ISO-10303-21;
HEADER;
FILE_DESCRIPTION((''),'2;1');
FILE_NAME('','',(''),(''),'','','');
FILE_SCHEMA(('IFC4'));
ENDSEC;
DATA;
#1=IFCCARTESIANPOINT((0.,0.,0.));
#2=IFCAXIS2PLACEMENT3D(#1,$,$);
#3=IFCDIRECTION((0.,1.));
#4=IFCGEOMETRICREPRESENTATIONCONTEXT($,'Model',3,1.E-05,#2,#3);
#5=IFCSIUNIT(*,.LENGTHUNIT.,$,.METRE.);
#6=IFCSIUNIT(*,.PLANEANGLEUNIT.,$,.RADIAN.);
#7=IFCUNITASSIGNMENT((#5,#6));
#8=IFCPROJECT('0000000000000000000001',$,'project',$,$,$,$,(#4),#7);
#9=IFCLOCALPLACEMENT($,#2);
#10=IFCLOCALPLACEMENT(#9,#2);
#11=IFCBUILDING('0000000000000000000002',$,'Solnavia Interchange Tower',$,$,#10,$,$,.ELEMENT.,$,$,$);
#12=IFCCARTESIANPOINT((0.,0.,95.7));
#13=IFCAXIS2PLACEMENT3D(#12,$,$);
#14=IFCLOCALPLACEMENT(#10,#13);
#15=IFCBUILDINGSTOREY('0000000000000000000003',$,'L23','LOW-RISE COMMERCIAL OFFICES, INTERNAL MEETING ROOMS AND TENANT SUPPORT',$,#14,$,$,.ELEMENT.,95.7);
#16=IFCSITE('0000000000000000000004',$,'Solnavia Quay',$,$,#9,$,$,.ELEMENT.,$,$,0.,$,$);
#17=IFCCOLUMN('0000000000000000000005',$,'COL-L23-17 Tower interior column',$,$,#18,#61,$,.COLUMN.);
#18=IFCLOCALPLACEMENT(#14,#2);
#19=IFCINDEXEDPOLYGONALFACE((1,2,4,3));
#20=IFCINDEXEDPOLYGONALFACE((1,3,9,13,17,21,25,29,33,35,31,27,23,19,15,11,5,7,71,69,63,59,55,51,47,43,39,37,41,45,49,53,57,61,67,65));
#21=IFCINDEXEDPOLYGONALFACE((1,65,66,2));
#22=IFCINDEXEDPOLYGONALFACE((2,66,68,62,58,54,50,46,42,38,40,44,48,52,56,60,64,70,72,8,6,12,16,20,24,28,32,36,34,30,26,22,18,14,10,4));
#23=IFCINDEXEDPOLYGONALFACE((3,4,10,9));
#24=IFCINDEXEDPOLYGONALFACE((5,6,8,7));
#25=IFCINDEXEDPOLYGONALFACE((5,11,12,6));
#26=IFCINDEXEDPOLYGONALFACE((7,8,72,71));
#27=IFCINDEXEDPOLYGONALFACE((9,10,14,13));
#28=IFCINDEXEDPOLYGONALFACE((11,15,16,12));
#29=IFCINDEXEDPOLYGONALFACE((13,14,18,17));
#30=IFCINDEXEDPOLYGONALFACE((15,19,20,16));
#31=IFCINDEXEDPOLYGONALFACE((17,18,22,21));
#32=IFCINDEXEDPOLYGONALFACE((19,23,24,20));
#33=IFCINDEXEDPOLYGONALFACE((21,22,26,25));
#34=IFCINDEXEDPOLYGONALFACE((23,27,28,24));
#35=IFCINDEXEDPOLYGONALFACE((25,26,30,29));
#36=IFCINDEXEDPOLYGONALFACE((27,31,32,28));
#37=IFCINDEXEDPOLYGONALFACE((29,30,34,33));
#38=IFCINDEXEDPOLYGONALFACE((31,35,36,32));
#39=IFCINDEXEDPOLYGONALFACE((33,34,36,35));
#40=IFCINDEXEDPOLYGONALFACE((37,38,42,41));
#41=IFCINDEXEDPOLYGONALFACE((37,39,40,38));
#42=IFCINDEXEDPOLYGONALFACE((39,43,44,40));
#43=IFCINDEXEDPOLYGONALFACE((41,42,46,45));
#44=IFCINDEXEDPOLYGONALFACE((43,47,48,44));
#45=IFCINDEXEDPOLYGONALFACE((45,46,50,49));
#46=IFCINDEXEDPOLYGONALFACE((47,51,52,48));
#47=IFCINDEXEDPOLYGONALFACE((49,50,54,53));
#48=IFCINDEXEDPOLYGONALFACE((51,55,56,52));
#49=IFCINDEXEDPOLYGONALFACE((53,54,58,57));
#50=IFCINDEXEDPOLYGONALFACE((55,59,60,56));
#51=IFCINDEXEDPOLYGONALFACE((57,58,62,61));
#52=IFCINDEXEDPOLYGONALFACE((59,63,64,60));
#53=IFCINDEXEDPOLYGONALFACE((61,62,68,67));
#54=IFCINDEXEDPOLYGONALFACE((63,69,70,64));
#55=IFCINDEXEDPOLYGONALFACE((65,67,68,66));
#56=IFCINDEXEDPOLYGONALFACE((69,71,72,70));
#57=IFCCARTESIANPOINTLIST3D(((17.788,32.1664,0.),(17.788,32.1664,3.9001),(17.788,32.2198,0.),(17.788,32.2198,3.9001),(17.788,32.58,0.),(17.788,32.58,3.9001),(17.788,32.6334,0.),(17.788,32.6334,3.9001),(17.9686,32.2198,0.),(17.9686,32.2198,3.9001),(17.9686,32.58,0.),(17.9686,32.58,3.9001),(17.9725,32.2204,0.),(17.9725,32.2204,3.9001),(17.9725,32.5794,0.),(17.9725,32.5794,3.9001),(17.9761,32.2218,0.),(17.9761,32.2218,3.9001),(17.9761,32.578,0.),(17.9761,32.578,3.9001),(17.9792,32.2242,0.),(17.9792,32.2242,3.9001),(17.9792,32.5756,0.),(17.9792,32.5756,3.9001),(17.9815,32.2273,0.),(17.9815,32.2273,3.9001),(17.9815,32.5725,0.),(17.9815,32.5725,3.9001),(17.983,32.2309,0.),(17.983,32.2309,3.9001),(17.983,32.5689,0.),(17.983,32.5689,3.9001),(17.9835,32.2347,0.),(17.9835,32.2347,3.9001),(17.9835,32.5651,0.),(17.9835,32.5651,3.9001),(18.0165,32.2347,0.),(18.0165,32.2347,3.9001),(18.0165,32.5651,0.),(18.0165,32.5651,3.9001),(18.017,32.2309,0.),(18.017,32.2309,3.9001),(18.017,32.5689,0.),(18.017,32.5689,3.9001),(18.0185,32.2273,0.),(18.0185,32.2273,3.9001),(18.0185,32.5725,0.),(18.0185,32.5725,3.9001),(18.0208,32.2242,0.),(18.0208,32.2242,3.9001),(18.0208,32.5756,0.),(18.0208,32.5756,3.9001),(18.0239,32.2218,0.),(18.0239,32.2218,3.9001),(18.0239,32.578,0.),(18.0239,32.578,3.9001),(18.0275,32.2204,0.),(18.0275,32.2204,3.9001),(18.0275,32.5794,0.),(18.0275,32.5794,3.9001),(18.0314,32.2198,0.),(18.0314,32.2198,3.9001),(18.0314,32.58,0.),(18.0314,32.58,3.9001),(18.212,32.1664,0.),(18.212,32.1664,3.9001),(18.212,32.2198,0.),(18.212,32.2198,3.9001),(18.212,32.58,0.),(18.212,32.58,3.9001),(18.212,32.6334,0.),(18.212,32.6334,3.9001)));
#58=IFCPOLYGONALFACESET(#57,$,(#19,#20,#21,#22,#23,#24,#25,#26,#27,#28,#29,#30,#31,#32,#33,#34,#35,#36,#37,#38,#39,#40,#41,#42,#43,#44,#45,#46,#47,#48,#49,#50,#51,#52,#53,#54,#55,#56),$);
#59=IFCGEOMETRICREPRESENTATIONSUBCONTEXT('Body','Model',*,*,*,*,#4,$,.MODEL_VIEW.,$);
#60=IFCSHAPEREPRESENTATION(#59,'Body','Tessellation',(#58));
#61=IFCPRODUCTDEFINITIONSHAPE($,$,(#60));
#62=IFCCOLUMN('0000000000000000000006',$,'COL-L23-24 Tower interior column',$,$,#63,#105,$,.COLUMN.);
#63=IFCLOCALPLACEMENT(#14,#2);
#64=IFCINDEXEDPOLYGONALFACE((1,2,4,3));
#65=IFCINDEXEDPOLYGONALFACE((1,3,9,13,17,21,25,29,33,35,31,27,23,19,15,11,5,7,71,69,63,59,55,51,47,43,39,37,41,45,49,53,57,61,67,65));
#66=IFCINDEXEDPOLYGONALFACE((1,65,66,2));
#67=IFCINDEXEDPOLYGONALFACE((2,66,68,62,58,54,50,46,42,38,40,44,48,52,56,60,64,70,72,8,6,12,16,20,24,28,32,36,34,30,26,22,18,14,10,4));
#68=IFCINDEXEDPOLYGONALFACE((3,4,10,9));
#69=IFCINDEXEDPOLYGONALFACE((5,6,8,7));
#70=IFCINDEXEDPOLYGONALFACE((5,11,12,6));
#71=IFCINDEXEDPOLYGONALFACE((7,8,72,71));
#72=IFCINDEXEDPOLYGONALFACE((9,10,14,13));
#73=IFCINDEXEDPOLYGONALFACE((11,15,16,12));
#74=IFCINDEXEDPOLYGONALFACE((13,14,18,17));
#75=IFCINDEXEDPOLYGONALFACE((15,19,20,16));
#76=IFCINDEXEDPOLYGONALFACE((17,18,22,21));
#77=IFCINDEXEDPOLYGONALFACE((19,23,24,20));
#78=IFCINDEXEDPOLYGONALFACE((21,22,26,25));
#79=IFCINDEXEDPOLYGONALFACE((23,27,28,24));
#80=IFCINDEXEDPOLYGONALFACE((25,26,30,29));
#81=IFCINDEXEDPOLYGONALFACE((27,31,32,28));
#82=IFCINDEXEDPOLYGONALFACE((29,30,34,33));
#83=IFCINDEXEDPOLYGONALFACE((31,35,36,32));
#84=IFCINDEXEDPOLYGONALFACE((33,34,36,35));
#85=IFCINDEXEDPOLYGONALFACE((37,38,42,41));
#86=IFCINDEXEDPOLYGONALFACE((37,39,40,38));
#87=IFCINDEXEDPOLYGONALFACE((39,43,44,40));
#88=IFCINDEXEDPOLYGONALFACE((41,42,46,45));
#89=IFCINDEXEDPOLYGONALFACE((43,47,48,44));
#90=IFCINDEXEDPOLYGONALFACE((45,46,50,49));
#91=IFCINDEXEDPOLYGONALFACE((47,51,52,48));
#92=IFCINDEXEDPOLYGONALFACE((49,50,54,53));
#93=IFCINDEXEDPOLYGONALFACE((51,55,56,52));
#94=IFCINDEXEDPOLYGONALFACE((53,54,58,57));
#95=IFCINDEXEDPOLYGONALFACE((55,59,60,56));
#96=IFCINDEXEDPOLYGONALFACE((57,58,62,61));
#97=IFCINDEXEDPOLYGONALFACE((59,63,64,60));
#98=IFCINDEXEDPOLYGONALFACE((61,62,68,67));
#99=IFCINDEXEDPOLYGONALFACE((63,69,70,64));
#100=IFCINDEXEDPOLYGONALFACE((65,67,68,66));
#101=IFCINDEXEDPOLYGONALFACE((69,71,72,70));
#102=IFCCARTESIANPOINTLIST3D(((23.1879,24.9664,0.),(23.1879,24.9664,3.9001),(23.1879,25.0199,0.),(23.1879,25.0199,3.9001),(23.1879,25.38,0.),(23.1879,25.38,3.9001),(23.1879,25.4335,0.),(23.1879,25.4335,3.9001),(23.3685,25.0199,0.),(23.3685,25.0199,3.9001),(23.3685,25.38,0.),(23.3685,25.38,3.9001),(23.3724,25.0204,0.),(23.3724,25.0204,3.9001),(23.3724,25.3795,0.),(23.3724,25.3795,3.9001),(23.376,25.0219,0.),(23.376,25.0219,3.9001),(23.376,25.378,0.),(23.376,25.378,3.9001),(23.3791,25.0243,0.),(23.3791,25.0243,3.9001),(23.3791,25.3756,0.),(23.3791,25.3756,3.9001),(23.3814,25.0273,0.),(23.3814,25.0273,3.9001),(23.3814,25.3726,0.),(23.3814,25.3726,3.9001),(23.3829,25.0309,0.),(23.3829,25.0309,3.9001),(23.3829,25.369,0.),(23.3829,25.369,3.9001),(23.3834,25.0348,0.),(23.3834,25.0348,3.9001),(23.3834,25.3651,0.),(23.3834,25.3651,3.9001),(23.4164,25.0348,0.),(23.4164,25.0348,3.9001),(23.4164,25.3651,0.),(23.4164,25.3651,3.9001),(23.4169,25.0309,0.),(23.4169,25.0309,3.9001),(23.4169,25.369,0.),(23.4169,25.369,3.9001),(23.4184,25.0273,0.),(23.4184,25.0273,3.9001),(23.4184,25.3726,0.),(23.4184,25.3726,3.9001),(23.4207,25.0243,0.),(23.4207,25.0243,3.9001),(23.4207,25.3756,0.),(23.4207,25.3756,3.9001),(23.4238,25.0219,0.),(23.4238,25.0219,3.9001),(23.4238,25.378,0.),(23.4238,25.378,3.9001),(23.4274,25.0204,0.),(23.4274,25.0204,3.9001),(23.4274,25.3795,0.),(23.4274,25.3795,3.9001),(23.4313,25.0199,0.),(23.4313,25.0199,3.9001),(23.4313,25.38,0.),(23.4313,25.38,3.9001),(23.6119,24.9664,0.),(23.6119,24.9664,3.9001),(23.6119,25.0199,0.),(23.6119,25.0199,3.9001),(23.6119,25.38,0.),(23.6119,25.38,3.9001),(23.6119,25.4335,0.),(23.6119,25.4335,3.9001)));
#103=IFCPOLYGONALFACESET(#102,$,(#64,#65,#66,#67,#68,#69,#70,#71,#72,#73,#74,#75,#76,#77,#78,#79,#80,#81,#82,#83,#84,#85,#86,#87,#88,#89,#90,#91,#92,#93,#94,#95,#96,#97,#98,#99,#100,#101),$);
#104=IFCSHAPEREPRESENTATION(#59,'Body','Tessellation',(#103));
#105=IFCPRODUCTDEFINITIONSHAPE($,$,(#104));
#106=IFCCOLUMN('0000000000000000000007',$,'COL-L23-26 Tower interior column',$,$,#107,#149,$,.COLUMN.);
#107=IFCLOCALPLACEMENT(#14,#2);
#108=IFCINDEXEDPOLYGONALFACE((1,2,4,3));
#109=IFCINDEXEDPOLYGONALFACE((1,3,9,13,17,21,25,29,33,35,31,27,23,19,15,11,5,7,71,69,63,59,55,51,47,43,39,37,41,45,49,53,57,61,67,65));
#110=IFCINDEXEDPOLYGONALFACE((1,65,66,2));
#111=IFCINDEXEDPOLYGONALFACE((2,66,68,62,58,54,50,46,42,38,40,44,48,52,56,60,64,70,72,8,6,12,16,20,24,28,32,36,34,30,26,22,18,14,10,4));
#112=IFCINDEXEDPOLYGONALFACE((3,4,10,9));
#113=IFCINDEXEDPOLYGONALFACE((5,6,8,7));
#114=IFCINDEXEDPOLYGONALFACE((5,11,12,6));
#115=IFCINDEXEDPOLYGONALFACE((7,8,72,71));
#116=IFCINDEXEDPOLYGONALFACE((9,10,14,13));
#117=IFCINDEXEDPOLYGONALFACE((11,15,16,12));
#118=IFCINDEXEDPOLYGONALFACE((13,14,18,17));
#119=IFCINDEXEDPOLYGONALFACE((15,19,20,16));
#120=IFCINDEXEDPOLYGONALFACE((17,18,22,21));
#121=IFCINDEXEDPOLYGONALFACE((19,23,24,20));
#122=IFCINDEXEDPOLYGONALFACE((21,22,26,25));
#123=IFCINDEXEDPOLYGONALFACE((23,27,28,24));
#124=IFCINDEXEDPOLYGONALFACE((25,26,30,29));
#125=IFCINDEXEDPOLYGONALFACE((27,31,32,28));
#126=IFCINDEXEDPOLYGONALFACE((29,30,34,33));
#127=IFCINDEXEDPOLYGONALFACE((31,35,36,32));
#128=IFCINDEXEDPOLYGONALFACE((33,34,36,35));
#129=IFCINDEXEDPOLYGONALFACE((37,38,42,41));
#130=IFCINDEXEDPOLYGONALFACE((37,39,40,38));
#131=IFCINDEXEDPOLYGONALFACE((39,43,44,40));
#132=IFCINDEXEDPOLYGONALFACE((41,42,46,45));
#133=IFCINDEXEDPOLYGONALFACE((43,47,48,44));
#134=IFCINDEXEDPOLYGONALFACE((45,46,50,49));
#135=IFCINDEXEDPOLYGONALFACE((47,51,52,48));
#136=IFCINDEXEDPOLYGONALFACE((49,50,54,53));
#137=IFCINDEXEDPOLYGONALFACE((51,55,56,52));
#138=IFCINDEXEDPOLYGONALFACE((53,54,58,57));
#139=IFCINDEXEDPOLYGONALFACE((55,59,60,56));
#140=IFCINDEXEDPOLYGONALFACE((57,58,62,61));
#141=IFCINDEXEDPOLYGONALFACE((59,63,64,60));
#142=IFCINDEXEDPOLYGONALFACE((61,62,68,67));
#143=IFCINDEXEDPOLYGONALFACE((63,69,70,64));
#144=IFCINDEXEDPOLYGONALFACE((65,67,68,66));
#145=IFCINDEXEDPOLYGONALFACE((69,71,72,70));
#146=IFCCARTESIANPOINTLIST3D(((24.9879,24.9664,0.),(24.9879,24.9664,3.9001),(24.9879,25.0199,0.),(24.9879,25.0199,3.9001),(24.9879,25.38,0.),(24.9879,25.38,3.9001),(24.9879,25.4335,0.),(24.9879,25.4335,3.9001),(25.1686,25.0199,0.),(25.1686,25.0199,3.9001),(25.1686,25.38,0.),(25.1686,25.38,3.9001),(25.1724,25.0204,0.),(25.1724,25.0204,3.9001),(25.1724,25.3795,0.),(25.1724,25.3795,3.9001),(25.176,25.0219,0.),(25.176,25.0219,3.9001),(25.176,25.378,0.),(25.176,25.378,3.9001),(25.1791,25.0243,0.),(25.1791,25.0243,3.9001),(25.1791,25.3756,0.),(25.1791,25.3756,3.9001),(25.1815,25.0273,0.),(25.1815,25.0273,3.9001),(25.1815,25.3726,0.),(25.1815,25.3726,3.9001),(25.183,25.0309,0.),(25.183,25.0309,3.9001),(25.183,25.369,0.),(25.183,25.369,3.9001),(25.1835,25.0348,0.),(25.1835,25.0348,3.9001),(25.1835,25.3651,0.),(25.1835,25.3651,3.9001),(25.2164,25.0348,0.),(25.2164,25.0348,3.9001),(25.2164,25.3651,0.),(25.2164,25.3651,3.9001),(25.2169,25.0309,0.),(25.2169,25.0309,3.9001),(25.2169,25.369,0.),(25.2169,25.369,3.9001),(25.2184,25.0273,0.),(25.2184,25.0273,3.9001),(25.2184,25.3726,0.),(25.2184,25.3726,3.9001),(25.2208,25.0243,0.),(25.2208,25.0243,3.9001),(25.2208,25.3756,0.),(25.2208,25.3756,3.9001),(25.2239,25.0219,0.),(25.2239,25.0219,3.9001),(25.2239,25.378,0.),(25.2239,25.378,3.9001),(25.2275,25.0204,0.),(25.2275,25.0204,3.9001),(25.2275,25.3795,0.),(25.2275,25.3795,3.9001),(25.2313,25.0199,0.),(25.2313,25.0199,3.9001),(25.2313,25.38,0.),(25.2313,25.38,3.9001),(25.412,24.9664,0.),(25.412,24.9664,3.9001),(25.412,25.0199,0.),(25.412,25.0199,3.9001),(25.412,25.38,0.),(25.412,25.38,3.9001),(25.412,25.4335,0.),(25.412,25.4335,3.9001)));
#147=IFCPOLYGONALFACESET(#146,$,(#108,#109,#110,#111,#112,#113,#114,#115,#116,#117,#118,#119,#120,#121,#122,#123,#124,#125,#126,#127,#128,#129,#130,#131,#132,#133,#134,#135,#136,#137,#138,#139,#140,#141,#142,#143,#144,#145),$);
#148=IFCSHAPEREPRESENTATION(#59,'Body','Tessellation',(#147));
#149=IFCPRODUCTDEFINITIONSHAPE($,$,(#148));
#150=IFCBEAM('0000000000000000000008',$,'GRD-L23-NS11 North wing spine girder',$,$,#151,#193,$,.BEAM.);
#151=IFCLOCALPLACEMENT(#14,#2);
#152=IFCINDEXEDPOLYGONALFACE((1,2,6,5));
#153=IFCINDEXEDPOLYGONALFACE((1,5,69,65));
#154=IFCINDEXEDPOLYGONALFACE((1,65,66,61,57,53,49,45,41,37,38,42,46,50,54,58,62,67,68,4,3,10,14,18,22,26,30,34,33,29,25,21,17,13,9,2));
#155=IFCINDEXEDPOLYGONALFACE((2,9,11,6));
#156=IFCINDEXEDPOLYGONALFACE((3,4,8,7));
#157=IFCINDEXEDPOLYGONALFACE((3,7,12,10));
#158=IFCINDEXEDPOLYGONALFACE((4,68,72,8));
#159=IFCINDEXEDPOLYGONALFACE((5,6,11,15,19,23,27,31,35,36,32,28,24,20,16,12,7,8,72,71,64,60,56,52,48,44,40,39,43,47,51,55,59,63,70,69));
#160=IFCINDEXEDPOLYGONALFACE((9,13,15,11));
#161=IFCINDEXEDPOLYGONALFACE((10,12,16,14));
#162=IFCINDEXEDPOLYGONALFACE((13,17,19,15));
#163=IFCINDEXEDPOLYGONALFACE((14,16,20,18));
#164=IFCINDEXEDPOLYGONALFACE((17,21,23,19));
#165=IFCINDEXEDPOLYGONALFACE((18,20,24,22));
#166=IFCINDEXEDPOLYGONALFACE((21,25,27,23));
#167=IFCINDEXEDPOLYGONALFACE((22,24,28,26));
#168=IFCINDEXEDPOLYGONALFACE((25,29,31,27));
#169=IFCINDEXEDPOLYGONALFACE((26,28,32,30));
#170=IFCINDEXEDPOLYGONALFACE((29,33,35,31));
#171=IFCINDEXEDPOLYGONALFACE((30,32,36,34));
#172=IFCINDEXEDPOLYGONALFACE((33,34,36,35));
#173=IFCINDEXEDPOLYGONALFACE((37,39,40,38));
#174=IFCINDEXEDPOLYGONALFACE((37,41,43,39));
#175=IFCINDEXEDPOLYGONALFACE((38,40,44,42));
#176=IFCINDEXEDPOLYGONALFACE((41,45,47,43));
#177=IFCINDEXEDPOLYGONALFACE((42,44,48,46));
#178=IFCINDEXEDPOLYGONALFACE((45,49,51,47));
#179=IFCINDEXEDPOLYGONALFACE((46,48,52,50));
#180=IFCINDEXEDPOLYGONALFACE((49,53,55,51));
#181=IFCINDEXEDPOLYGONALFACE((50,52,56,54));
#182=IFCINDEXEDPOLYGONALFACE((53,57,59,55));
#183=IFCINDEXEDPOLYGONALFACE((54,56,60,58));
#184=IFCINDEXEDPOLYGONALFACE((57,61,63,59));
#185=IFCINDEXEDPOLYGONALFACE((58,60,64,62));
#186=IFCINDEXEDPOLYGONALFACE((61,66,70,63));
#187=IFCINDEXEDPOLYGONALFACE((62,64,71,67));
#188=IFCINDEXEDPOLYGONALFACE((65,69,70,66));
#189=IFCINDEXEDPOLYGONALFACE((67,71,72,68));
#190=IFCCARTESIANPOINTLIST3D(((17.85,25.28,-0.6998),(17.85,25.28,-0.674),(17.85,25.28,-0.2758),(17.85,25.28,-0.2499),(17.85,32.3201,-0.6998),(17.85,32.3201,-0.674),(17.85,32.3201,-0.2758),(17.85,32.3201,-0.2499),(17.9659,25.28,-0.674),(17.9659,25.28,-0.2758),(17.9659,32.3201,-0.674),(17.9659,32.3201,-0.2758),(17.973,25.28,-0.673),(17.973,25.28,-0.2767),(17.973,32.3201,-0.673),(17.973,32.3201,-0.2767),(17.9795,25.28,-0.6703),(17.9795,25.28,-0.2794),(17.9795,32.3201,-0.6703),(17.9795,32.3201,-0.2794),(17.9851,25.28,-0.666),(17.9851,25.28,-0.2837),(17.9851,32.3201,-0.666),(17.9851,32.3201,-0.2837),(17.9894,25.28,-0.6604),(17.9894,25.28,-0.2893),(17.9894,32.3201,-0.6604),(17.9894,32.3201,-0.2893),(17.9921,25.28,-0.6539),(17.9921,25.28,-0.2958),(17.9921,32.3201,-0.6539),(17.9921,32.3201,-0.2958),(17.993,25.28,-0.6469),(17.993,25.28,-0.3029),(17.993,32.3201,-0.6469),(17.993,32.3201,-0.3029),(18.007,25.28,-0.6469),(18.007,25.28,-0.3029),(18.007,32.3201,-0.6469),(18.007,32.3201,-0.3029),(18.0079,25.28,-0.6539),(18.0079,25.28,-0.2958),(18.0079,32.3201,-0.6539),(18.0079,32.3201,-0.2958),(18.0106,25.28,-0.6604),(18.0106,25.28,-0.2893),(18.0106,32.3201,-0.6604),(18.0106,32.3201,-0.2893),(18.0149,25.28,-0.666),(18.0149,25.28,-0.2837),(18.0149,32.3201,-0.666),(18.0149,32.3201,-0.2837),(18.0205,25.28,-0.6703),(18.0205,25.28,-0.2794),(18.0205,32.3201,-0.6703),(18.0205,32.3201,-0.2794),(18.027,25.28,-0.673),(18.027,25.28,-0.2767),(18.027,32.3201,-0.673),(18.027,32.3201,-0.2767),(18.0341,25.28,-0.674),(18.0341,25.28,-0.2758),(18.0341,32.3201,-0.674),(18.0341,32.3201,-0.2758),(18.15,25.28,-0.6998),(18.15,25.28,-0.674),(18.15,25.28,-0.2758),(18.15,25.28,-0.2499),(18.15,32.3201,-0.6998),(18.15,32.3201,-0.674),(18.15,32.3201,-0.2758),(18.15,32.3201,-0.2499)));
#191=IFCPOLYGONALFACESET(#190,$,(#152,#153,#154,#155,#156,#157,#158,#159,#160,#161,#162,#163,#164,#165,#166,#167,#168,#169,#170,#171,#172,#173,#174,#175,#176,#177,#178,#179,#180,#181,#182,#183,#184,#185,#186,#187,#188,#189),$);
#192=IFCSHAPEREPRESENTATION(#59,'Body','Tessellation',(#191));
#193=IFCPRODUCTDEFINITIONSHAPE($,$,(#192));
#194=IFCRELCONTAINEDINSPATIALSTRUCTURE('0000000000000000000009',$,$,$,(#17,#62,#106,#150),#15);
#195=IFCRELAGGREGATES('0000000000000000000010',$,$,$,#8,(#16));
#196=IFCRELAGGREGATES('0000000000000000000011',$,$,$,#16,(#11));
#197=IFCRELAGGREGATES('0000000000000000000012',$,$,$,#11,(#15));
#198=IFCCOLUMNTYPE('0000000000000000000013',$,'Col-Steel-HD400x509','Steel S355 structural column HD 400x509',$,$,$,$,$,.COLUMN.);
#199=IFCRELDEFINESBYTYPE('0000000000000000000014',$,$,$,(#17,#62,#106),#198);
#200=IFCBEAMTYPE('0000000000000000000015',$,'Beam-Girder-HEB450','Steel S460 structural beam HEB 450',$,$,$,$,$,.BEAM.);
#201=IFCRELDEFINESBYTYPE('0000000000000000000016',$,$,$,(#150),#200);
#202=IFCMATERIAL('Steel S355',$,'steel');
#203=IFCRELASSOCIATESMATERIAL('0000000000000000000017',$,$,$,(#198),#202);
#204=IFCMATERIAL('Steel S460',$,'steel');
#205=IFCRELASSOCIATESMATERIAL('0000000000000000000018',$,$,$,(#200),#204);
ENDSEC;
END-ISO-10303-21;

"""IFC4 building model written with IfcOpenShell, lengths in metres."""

from ifc_helpers import new_model, si_unit, direction, frame, origin, origin_2d, place, context, subcontext, project, spatial, i_section, extrude, material, material_profile, profile_set, type_object, element, save


model = new_model("IFC4")

# Units and contexts
model_context = context("Model", 3, precision=1e-05, world=origin(), true_north=direction((0.0, 1.0)))
body_context = subcontext(model_context, "Body", "Model", "MODEL_VIEW")
ifc_project = project(units=[si_unit("LENGTHUNIT", "METRE"), si_unit("PLANEANGLEUNIT", "RADIAN")], contexts=[model_context])

# Site, building, storey
site_placement = place(None, origin())
site = spatial("IfcSite", under=ifc_project, at=site_placement, Name="Solnavia Quay", CompositionType="ELEMENT", RefElevation=0.0)
building_placement = place(site_placement, origin())
building = spatial("IfcBuilding", under=site, at=building_placement, Name="Solnavia Interchange Tower", CompositionType="ELEMENT")
storey_placement = place(building_placement, frame((0.0, 0.0, 95.7)))
storey = spatial("IfcBuildingStorey", under=building, at=storey_placement, Name="L23", Description="LOW-RISE COMMERCIAL OFFICES, INTERNAL MEETING ROOMS AND TENANT SUPPORT", CompositionType="ELEMENT", Elevation=95.7)

# Columns
ifc_material_1 = material(Name="Steel S355", Category="steel")
ifc_material_profile_1 = material_profile(ifc_material_1, i_section(OverallWidth=0.4241, OverallDepth=0.467, WebThickness=0.033, FlangeThickness=0.0535, FilletRadius=0.0149, at=origin_2d()), Name="HD 400x509")
ifc_profile_set_1 = profile_set([ifc_material_profile_1], Name="Steel S355")
column_type = type_object("IfcColumnType", Name="Col-Steel-HD400x509", Description="Steel S355 structural column HD 400x509", PredefinedType="COLUMN", material=ifc_profile_set_1)
for number, where, z_axis, x_axis, name in (
    (1, (18.0, 32.3999, 0.0), (0.0, 0.0, 1.0), (1.0, 0.0, 0.0), "COL-L23-17 Tower interior column"),
    (2, (23.3999, 25.2, 0.0), (0.0, 0.0, 1.0), (1.0, 0.0, 0.0), "COL-L23-24 Tower interior column"),
    (3, (25.2, 25.2, 0.0), (0.0, 0.0, 1.0), (1.0, 0.0, 0.0), "COL-L23-26 Tower interior column"),
):
    element("IfcColumn", number, at=place(storey_placement, frame(where, z_axis=z_axis, x_axis=x_axis)), inside=storey, type_object=column_type, Name=name, PredefinedType="COLUMN", context=body_context, shape_type="SweptSolid", body=[
        extrude(i_section(OverallWidth=0.4241, OverallDepth=0.467, WebThickness=0.033, FlangeThickness=0.0535, FilletRadius=0.0149, at=origin_2d()), origin(), (0.0, 0.0, 1.0), 3.9001),
    ])

# Beam
ifc_material_2 = material(Name="Steel S460", Category="steel")
ifc_material_profile_2 = material_profile(ifc_material_2, i_section(OverallWidth=0.3, OverallDepth=0.45, WebThickness=0.0139, FlangeThickness=0.0259, FilletRadius=0.0271, at=origin_2d()), Name="HEB 450")
ifc_profile_set_2 = profile_set([ifc_material_profile_2], Name="Steel S460")
beam_type_1 = type_object("IfcBeamType", Name="Beam-Girder-HEB450", Description="Steel S460 structural beam HEB 450", PredefinedType="BEAM", material=ifc_profile_set_2)
for number, where, z_axis, x_axis, name in (
    (4, (18.0, 25.28, -0.4749), (0.0, 1.0, 0.0), (-1.0, 0.0, 0.0), "GRD-L23-NS11 North wing spine girder"),
):
    element("IfcBeam", number, at=place(storey_placement, frame(where, z_axis=z_axis, x_axis=x_axis)), inside=storey, type_object=beam_type_1, Name=name, PredefinedType="BEAM", context=body_context, shape_type="SweptSolid", body=[
        extrude(i_section(OverallWidth=0.3, OverallDepth=0.45, WebThickness=0.0139, FlangeThickness=0.0259, FilletRadius=0.0271, at=origin_2d()), origin(), (0.0, 0.0, 1.0), 7.04),
    ])

save(model, "model.ifc")
